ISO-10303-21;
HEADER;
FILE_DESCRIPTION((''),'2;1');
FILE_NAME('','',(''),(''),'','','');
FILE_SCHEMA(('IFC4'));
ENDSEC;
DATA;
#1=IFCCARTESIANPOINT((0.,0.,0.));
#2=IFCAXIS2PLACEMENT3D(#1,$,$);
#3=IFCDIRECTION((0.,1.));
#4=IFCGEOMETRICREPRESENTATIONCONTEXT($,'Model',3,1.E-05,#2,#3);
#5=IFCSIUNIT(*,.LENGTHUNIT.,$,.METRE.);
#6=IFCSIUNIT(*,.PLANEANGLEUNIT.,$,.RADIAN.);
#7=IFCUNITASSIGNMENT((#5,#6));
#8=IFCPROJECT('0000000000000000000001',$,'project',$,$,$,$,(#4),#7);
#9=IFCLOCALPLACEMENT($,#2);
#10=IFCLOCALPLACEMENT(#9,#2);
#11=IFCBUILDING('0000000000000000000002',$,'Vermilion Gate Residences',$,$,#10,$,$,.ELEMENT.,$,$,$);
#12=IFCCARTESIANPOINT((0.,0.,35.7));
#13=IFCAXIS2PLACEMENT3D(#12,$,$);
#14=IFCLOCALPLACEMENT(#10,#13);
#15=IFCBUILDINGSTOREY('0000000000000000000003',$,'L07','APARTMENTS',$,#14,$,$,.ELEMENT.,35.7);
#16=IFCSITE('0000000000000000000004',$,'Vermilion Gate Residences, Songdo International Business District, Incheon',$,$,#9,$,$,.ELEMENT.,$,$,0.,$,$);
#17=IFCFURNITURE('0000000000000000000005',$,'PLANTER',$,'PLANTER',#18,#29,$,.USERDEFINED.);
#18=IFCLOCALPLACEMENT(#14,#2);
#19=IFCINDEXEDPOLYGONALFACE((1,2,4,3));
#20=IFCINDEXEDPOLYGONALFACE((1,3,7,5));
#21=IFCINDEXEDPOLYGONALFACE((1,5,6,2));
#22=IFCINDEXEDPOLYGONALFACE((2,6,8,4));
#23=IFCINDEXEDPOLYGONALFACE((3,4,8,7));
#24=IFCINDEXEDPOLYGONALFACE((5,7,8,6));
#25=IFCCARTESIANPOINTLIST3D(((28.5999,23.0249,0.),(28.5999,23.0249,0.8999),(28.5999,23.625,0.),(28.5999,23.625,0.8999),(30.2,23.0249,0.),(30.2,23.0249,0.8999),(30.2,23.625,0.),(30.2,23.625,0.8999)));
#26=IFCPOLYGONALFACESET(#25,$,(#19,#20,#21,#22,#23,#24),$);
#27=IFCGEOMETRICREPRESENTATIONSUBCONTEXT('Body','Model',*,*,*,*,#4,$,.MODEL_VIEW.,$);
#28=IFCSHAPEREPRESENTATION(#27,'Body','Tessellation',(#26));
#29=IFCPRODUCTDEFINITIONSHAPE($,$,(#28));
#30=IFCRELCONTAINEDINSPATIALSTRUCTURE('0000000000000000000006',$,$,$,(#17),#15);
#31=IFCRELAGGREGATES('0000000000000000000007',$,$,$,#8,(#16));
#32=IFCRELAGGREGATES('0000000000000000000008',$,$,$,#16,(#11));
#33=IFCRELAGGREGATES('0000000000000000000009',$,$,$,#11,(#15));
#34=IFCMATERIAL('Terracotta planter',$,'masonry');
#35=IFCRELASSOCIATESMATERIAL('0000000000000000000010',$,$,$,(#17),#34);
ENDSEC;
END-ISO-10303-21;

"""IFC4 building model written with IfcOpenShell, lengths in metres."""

from ifc_helpers import new_model, si_unit, direction, frame, origin, origin_2d, place, context, subcontext, project, spatial, rectangle, extrude, material, element, save


model = new_model("IFC4")

# Units and contexts
model_context = context("Model", 3, precision=1e-05, world=origin(), true_north=direction((0.0, 1.0)))
body_context = subcontext(model_context, "Body", "Model", "MODEL_VIEW")
ifc_project = project(units=[si_unit("LENGTHUNIT", "METRE"), si_unit("PLANEANGLEUNIT", "RADIAN")], contexts=[model_context])

# Site, building, storey
site_placement = place(None, origin())
site = spatial("IfcSite", under=ifc_project, at=site_placement, Name="Vermilion Gate Residences, Songdo International Business District, Incheon", CompositionType="ELEMENT", RefElevation=0.0)
building_placement = place(site_placement, origin())
building = spatial("IfcBuilding", under=site, at=building_placement, Name="Vermilion Gate Residences", CompositionType="ELEMENT")
storey_placement = place(building_placement, frame((0.0, 0.0, 35.7)))
storey = spatial("IfcBuildingStorey", under=building, at=storey_placement, Name="L07", Description="APARTMENTS", CompositionType="ELEMENT", Elevation=35.7)

# Furniture
ifc_material_1 = material(Name="Terracotta planter", Category="masonry")
furniture_placement = place(storey_placement, frame((29.3999, 23.325, 0.0), z_axis=(0.0, 0.0, 1.0), x_axis=(-1.0, 0.0, 0.0)))
element("IfcFurniture", 1, at=furniture_placement, inside=storey, material=ifc_material_1, Name="PLANTER", ObjectType="PLANTER", PredefinedType="USERDEFINED", context=body_context, shape_type="SweptSolid", body=[
    extrude(rectangle(XDim=1.6001, YDim=0.6001, at=origin_2d()), origin(), (0.0, 0.0, 1.0), 0.8999),
])

save(model, "model.ifc")
